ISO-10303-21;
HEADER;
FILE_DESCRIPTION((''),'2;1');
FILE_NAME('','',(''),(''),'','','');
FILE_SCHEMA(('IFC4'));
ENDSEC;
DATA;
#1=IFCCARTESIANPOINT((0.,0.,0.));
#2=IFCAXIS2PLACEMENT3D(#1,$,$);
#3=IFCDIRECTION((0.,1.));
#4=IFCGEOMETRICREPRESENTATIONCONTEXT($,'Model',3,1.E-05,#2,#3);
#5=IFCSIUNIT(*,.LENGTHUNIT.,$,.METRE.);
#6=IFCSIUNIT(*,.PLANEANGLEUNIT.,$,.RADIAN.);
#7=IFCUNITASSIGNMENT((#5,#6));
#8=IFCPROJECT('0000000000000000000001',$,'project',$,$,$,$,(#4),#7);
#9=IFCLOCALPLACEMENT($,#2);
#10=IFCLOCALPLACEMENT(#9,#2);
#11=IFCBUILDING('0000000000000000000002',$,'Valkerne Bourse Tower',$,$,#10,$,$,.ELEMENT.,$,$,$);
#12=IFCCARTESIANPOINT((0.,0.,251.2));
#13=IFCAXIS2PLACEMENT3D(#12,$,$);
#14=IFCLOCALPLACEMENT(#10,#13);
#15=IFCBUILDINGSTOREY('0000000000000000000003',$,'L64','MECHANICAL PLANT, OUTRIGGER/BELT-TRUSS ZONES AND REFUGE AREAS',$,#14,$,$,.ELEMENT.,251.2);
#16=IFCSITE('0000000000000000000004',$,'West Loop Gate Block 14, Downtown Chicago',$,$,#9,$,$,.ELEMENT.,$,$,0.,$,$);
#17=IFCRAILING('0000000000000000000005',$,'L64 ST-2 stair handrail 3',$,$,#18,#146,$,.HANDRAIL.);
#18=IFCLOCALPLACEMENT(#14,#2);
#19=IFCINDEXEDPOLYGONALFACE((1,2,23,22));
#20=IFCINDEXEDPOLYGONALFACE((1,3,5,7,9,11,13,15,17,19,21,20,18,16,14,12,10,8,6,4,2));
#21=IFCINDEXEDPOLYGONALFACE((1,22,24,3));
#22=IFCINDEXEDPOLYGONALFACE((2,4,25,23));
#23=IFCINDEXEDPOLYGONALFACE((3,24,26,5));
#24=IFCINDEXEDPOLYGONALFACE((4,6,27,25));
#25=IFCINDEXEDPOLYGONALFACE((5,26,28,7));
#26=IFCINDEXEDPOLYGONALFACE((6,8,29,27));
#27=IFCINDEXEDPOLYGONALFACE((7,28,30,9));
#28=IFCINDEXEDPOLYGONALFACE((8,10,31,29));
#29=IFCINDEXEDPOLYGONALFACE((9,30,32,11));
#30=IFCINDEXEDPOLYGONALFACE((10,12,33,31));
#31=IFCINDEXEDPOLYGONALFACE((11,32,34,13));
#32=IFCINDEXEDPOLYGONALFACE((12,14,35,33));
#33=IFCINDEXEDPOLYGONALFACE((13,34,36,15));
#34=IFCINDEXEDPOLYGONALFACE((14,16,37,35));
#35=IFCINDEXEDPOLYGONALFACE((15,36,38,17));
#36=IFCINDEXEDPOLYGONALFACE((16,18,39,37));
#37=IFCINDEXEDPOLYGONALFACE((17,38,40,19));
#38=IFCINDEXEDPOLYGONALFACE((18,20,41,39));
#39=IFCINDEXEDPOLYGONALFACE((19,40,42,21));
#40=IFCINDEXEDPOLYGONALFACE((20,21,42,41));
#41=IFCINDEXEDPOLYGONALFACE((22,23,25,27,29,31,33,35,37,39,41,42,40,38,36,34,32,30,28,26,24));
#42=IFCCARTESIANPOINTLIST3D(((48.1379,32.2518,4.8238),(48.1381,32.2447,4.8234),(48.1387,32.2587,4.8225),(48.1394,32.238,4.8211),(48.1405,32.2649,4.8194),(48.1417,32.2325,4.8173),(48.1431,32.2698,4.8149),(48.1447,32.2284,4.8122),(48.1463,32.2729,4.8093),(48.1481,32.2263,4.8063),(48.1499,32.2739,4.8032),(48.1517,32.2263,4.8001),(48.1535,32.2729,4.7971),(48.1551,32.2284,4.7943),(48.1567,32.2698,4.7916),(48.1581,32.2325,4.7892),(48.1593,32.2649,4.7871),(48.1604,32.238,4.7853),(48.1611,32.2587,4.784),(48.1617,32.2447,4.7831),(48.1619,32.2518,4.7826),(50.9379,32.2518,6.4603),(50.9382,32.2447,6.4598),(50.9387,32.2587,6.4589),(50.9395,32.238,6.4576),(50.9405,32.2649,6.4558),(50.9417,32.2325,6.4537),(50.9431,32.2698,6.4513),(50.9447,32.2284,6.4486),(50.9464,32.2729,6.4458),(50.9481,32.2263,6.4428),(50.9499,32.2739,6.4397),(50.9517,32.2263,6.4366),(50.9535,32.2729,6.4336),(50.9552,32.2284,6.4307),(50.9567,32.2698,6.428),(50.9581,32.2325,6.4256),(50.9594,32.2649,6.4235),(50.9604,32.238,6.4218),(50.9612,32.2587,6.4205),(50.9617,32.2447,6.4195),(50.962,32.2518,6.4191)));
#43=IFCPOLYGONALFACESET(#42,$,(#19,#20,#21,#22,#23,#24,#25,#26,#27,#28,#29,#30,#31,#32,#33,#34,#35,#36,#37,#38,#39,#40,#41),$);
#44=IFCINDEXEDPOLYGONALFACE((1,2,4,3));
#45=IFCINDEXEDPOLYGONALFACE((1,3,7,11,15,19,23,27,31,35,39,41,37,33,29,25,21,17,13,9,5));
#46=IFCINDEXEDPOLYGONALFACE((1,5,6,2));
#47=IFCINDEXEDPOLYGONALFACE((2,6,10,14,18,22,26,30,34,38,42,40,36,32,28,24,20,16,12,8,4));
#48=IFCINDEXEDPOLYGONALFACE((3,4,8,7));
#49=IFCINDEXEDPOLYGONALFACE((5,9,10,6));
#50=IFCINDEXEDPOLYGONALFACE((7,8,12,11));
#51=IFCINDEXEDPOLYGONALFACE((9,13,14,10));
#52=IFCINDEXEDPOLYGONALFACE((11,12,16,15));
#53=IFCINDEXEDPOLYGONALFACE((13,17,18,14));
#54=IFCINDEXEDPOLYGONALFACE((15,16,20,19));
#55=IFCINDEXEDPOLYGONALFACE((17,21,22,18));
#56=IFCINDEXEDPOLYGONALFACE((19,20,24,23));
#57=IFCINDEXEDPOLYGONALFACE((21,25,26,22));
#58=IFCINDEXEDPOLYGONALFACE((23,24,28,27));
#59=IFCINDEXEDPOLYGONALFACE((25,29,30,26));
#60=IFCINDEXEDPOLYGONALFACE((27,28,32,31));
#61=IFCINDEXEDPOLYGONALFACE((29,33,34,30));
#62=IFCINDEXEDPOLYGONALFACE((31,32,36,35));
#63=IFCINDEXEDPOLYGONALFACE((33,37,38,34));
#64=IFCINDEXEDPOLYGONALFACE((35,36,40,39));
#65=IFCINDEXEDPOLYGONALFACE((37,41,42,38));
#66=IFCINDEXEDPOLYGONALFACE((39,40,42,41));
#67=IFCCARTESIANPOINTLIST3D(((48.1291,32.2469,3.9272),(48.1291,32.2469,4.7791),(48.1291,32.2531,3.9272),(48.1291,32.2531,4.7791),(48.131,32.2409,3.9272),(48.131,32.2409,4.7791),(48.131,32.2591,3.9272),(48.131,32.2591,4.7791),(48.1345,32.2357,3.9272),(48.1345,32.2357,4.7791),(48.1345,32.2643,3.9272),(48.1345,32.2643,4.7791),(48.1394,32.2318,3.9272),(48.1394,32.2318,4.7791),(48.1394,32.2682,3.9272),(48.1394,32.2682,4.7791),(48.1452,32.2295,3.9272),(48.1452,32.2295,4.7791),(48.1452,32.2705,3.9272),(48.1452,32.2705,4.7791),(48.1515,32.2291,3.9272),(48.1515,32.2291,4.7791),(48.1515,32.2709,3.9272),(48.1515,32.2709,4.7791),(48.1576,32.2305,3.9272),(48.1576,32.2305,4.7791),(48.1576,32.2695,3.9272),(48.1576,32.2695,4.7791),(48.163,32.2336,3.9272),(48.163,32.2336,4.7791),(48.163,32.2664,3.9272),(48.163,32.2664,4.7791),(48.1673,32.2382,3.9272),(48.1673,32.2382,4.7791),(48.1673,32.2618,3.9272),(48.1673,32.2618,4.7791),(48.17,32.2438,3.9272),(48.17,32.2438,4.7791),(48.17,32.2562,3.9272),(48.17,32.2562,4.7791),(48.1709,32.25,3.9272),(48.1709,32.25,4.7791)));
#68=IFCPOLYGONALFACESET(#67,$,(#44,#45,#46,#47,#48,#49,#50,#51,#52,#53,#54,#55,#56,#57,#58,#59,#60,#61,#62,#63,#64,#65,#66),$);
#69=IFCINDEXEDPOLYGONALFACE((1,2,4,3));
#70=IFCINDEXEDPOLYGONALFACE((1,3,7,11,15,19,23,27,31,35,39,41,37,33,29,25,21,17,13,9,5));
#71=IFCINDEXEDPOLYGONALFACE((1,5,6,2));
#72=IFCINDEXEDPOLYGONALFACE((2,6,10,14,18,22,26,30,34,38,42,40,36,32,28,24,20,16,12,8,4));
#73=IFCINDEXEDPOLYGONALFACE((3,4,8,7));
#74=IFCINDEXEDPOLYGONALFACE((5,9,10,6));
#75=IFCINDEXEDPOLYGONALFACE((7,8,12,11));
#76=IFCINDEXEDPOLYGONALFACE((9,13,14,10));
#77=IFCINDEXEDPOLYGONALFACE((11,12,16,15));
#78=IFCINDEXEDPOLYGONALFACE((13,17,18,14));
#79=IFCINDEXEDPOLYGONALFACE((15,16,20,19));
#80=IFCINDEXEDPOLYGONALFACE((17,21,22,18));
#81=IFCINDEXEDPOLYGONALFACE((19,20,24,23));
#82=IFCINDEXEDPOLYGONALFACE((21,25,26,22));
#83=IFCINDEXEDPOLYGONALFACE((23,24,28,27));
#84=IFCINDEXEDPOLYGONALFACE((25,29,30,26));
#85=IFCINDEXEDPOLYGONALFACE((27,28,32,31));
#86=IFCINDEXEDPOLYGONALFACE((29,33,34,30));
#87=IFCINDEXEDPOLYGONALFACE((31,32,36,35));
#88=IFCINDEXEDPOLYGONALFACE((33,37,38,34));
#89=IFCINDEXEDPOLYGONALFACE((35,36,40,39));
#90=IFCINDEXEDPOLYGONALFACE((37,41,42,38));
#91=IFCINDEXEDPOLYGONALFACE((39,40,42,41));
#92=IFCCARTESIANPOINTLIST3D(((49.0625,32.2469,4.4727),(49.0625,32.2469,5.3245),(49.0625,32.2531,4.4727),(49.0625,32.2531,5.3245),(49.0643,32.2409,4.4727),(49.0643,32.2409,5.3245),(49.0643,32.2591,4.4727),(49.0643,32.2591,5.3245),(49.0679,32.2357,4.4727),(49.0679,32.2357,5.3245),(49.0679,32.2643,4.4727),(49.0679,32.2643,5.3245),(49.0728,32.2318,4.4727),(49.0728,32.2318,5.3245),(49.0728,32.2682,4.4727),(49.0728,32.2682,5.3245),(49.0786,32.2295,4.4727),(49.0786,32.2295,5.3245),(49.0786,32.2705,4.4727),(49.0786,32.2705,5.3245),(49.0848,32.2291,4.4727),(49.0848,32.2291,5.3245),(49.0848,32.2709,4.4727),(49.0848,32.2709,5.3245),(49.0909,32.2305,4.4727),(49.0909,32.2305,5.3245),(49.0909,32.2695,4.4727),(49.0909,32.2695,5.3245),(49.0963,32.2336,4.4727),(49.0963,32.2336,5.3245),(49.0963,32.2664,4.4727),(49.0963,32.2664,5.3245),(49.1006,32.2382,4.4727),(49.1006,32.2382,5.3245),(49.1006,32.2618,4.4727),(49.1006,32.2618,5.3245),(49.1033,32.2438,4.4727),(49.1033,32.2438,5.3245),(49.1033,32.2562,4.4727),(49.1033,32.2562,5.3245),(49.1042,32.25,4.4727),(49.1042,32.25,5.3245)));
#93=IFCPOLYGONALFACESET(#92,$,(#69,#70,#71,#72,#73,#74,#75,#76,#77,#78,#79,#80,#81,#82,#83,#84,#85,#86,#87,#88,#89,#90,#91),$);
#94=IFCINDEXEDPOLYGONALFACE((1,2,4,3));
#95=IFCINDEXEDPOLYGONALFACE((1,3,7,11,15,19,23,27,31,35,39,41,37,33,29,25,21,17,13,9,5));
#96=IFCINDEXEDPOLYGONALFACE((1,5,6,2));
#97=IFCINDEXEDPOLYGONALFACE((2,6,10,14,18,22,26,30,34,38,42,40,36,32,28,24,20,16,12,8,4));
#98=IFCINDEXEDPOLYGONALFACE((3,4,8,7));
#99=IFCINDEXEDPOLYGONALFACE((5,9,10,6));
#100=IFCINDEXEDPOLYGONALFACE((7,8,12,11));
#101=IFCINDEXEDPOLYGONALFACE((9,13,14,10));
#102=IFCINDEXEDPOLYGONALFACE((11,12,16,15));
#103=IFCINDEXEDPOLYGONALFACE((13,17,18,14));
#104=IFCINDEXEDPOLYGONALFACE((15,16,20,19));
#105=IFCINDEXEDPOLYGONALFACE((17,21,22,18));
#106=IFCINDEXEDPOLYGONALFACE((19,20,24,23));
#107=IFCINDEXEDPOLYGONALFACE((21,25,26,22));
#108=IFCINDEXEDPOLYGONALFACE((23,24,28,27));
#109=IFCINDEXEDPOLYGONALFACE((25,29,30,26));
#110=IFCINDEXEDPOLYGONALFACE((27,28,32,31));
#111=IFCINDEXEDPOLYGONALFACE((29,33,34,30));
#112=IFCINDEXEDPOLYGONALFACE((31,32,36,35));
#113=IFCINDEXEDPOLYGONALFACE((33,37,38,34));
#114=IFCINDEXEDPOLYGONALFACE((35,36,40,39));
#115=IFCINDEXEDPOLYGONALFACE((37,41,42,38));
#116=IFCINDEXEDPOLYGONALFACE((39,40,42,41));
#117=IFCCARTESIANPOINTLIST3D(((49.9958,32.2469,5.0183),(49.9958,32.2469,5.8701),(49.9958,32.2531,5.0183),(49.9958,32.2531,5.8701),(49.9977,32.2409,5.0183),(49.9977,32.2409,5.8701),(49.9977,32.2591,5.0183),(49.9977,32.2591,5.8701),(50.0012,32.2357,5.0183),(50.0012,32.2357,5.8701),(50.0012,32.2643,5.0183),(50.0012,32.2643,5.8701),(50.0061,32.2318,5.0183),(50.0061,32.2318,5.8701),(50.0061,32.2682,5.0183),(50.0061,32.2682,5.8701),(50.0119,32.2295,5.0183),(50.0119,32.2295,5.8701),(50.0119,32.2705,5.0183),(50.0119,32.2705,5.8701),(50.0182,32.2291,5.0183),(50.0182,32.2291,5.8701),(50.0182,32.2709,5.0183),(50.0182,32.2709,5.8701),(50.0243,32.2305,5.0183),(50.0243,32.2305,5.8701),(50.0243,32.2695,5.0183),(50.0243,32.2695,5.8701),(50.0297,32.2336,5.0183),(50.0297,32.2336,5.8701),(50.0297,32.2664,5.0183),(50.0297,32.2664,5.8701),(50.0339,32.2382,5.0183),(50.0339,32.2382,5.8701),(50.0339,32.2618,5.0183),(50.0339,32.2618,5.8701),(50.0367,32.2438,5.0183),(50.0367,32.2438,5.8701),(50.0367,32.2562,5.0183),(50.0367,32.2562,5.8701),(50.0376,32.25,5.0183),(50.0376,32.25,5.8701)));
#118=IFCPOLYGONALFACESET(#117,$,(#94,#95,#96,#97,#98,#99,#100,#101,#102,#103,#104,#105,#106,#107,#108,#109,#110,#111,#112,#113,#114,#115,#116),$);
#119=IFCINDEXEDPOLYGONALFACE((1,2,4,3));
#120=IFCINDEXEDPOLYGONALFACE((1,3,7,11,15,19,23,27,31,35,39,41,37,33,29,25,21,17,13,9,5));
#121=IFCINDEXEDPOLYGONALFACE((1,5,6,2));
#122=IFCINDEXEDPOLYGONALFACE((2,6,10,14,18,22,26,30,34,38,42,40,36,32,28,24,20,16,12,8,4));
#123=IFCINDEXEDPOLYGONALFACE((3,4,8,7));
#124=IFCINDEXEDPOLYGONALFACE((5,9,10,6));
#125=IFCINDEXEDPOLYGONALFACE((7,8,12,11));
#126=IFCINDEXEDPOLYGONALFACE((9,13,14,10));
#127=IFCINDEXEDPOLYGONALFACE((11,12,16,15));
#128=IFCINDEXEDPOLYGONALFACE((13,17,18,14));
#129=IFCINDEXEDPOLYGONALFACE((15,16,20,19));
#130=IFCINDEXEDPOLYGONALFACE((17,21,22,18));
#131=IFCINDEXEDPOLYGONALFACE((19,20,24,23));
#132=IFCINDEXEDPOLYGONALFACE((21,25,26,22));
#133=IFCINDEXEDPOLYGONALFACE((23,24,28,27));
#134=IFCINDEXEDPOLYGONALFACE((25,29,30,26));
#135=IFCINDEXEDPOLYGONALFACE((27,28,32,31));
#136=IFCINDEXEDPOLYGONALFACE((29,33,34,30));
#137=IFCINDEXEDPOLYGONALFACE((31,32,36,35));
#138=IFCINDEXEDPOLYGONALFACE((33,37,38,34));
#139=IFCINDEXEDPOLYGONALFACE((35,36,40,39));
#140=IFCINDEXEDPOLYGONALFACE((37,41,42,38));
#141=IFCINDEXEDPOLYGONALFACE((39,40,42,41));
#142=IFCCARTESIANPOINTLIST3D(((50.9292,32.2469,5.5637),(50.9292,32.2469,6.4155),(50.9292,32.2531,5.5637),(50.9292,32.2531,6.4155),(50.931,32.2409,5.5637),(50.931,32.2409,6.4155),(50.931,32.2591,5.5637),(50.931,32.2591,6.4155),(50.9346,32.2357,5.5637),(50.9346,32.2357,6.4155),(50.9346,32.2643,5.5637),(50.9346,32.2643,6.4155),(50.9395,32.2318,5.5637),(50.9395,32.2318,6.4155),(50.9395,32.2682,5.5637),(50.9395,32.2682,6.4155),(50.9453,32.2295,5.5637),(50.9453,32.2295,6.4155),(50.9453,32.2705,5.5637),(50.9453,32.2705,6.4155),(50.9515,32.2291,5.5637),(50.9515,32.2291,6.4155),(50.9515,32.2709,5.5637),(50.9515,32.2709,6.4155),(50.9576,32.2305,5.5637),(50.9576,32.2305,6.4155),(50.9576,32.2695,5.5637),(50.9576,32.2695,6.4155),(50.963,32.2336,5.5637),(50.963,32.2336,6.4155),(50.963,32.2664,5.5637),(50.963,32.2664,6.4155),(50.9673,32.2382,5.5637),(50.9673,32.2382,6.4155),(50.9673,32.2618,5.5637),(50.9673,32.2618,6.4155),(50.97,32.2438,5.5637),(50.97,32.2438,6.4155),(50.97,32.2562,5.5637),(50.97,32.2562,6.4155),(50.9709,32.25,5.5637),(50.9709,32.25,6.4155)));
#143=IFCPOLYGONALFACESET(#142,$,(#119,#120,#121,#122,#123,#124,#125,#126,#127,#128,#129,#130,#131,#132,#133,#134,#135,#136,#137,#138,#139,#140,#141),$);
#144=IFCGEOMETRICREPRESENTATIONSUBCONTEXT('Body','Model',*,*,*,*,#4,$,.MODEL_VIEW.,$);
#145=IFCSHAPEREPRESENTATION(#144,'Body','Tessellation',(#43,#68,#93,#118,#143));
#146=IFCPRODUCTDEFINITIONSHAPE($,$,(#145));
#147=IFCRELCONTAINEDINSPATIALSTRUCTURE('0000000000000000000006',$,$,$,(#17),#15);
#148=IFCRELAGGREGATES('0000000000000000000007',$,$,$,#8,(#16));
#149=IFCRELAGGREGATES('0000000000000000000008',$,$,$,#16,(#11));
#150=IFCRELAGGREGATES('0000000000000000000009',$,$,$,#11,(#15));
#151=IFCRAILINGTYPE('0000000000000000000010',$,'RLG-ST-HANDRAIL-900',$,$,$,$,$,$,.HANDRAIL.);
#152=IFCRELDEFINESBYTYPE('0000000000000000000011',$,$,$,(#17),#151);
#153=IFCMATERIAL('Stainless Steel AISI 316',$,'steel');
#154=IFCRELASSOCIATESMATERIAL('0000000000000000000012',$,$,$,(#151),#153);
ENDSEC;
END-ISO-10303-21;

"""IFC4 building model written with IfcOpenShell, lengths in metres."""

from ifc_helpers import new_model, si_unit, direction, frame, origin, origin_2d, place, context, subcontext, project, spatial, circle, extrude, material, type_object, element, save


model = new_model("IFC4")

# Units and contexts
model_context = context("Model", 3, precision=1e-05, world=origin(), true_north=direction((0.0, 1.0)))
body_context = subcontext(model_context, "Body", "Model", "MODEL_VIEW")
ifc_project = project(units=[si_unit("LENGTHUNIT", "METRE"), si_unit("PLANEANGLEUNIT", "RADIAN")], contexts=[model_context])

# Site, building, storey
site_placement = place(None, origin())
site = spatial("IfcSite", under=ifc_project, at=site_placement, Name="West Loop Gate Block 14, Downtown Chicago", CompositionType="ELEMENT", RefElevation=0.0)
building_placement = place(site_placement, origin())
building = spatial("IfcBuilding", under=site, at=building_placement, Name="Valkerne Bourse Tower", CompositionType="ELEMENT")
storey_placement = place(building_placement, frame((0.0, 0.0, 251.2)))
storey = spatial("IfcBuildingStorey", under=building, at=storey_placement, Name="L64", Description="MECHANICAL PLANT, OUTRIGGER/BELT-TRUSS ZONES AND REFUGE AREAS", CompositionType="ELEMENT", Elevation=251.2)

# Shared definitions
ifc_material_1 = material(Name="Stainless Steel AISI 316", Category="steel")

# Railing
railing_type_1 = type_object("IfcRailingType", Name="RLG-ST-HANDRAIL-900", PredefinedType="HANDRAIL", material=ifc_material_1)
railing_1_placement = place(storey_placement, frame((48.1499, 32.25, 3.9272)))
element("IfcRailing", 1, at=railing_1_placement, inside=storey, type_object=railing_type_1, Name="L64 ST-2 stair handrail 3", PredefinedType="HANDRAIL", context=body_context, shape_type="SweptSolid", body=[
    extrude(circle(Radius=0.0239, at=origin_2d()), frame((0.0, 0.0, 0.876), z_axis=(0.863361, 0.0, 0.504587), x_axis=(0.0, 1.0, 0.0)), (0.0, 0.0, 1.0), 3.2432),
    extrude(circle(Radius=0.021, at=origin_2d()), origin(), (0.0, 0.0, 1.0), 0.8518),
    extrude(circle(Radius=0.021, at=origin_2d()), frame((0.9333, 0.0, 0.5454)), (0.0, 0.0, 1.0), 0.8518),
    extrude(circle(Radius=0.021, at=origin_2d()), frame((1.8667, 0.0, 1.0911)), (0.0, 0.0, 1.0), 0.8518),
    extrude(circle(Radius=0.021, at=origin_2d()), frame((2.8, 0.0, 1.6365)), (0.0, 0.0, 1.0), 0.8518),
])

save(model, "model.ifc")
